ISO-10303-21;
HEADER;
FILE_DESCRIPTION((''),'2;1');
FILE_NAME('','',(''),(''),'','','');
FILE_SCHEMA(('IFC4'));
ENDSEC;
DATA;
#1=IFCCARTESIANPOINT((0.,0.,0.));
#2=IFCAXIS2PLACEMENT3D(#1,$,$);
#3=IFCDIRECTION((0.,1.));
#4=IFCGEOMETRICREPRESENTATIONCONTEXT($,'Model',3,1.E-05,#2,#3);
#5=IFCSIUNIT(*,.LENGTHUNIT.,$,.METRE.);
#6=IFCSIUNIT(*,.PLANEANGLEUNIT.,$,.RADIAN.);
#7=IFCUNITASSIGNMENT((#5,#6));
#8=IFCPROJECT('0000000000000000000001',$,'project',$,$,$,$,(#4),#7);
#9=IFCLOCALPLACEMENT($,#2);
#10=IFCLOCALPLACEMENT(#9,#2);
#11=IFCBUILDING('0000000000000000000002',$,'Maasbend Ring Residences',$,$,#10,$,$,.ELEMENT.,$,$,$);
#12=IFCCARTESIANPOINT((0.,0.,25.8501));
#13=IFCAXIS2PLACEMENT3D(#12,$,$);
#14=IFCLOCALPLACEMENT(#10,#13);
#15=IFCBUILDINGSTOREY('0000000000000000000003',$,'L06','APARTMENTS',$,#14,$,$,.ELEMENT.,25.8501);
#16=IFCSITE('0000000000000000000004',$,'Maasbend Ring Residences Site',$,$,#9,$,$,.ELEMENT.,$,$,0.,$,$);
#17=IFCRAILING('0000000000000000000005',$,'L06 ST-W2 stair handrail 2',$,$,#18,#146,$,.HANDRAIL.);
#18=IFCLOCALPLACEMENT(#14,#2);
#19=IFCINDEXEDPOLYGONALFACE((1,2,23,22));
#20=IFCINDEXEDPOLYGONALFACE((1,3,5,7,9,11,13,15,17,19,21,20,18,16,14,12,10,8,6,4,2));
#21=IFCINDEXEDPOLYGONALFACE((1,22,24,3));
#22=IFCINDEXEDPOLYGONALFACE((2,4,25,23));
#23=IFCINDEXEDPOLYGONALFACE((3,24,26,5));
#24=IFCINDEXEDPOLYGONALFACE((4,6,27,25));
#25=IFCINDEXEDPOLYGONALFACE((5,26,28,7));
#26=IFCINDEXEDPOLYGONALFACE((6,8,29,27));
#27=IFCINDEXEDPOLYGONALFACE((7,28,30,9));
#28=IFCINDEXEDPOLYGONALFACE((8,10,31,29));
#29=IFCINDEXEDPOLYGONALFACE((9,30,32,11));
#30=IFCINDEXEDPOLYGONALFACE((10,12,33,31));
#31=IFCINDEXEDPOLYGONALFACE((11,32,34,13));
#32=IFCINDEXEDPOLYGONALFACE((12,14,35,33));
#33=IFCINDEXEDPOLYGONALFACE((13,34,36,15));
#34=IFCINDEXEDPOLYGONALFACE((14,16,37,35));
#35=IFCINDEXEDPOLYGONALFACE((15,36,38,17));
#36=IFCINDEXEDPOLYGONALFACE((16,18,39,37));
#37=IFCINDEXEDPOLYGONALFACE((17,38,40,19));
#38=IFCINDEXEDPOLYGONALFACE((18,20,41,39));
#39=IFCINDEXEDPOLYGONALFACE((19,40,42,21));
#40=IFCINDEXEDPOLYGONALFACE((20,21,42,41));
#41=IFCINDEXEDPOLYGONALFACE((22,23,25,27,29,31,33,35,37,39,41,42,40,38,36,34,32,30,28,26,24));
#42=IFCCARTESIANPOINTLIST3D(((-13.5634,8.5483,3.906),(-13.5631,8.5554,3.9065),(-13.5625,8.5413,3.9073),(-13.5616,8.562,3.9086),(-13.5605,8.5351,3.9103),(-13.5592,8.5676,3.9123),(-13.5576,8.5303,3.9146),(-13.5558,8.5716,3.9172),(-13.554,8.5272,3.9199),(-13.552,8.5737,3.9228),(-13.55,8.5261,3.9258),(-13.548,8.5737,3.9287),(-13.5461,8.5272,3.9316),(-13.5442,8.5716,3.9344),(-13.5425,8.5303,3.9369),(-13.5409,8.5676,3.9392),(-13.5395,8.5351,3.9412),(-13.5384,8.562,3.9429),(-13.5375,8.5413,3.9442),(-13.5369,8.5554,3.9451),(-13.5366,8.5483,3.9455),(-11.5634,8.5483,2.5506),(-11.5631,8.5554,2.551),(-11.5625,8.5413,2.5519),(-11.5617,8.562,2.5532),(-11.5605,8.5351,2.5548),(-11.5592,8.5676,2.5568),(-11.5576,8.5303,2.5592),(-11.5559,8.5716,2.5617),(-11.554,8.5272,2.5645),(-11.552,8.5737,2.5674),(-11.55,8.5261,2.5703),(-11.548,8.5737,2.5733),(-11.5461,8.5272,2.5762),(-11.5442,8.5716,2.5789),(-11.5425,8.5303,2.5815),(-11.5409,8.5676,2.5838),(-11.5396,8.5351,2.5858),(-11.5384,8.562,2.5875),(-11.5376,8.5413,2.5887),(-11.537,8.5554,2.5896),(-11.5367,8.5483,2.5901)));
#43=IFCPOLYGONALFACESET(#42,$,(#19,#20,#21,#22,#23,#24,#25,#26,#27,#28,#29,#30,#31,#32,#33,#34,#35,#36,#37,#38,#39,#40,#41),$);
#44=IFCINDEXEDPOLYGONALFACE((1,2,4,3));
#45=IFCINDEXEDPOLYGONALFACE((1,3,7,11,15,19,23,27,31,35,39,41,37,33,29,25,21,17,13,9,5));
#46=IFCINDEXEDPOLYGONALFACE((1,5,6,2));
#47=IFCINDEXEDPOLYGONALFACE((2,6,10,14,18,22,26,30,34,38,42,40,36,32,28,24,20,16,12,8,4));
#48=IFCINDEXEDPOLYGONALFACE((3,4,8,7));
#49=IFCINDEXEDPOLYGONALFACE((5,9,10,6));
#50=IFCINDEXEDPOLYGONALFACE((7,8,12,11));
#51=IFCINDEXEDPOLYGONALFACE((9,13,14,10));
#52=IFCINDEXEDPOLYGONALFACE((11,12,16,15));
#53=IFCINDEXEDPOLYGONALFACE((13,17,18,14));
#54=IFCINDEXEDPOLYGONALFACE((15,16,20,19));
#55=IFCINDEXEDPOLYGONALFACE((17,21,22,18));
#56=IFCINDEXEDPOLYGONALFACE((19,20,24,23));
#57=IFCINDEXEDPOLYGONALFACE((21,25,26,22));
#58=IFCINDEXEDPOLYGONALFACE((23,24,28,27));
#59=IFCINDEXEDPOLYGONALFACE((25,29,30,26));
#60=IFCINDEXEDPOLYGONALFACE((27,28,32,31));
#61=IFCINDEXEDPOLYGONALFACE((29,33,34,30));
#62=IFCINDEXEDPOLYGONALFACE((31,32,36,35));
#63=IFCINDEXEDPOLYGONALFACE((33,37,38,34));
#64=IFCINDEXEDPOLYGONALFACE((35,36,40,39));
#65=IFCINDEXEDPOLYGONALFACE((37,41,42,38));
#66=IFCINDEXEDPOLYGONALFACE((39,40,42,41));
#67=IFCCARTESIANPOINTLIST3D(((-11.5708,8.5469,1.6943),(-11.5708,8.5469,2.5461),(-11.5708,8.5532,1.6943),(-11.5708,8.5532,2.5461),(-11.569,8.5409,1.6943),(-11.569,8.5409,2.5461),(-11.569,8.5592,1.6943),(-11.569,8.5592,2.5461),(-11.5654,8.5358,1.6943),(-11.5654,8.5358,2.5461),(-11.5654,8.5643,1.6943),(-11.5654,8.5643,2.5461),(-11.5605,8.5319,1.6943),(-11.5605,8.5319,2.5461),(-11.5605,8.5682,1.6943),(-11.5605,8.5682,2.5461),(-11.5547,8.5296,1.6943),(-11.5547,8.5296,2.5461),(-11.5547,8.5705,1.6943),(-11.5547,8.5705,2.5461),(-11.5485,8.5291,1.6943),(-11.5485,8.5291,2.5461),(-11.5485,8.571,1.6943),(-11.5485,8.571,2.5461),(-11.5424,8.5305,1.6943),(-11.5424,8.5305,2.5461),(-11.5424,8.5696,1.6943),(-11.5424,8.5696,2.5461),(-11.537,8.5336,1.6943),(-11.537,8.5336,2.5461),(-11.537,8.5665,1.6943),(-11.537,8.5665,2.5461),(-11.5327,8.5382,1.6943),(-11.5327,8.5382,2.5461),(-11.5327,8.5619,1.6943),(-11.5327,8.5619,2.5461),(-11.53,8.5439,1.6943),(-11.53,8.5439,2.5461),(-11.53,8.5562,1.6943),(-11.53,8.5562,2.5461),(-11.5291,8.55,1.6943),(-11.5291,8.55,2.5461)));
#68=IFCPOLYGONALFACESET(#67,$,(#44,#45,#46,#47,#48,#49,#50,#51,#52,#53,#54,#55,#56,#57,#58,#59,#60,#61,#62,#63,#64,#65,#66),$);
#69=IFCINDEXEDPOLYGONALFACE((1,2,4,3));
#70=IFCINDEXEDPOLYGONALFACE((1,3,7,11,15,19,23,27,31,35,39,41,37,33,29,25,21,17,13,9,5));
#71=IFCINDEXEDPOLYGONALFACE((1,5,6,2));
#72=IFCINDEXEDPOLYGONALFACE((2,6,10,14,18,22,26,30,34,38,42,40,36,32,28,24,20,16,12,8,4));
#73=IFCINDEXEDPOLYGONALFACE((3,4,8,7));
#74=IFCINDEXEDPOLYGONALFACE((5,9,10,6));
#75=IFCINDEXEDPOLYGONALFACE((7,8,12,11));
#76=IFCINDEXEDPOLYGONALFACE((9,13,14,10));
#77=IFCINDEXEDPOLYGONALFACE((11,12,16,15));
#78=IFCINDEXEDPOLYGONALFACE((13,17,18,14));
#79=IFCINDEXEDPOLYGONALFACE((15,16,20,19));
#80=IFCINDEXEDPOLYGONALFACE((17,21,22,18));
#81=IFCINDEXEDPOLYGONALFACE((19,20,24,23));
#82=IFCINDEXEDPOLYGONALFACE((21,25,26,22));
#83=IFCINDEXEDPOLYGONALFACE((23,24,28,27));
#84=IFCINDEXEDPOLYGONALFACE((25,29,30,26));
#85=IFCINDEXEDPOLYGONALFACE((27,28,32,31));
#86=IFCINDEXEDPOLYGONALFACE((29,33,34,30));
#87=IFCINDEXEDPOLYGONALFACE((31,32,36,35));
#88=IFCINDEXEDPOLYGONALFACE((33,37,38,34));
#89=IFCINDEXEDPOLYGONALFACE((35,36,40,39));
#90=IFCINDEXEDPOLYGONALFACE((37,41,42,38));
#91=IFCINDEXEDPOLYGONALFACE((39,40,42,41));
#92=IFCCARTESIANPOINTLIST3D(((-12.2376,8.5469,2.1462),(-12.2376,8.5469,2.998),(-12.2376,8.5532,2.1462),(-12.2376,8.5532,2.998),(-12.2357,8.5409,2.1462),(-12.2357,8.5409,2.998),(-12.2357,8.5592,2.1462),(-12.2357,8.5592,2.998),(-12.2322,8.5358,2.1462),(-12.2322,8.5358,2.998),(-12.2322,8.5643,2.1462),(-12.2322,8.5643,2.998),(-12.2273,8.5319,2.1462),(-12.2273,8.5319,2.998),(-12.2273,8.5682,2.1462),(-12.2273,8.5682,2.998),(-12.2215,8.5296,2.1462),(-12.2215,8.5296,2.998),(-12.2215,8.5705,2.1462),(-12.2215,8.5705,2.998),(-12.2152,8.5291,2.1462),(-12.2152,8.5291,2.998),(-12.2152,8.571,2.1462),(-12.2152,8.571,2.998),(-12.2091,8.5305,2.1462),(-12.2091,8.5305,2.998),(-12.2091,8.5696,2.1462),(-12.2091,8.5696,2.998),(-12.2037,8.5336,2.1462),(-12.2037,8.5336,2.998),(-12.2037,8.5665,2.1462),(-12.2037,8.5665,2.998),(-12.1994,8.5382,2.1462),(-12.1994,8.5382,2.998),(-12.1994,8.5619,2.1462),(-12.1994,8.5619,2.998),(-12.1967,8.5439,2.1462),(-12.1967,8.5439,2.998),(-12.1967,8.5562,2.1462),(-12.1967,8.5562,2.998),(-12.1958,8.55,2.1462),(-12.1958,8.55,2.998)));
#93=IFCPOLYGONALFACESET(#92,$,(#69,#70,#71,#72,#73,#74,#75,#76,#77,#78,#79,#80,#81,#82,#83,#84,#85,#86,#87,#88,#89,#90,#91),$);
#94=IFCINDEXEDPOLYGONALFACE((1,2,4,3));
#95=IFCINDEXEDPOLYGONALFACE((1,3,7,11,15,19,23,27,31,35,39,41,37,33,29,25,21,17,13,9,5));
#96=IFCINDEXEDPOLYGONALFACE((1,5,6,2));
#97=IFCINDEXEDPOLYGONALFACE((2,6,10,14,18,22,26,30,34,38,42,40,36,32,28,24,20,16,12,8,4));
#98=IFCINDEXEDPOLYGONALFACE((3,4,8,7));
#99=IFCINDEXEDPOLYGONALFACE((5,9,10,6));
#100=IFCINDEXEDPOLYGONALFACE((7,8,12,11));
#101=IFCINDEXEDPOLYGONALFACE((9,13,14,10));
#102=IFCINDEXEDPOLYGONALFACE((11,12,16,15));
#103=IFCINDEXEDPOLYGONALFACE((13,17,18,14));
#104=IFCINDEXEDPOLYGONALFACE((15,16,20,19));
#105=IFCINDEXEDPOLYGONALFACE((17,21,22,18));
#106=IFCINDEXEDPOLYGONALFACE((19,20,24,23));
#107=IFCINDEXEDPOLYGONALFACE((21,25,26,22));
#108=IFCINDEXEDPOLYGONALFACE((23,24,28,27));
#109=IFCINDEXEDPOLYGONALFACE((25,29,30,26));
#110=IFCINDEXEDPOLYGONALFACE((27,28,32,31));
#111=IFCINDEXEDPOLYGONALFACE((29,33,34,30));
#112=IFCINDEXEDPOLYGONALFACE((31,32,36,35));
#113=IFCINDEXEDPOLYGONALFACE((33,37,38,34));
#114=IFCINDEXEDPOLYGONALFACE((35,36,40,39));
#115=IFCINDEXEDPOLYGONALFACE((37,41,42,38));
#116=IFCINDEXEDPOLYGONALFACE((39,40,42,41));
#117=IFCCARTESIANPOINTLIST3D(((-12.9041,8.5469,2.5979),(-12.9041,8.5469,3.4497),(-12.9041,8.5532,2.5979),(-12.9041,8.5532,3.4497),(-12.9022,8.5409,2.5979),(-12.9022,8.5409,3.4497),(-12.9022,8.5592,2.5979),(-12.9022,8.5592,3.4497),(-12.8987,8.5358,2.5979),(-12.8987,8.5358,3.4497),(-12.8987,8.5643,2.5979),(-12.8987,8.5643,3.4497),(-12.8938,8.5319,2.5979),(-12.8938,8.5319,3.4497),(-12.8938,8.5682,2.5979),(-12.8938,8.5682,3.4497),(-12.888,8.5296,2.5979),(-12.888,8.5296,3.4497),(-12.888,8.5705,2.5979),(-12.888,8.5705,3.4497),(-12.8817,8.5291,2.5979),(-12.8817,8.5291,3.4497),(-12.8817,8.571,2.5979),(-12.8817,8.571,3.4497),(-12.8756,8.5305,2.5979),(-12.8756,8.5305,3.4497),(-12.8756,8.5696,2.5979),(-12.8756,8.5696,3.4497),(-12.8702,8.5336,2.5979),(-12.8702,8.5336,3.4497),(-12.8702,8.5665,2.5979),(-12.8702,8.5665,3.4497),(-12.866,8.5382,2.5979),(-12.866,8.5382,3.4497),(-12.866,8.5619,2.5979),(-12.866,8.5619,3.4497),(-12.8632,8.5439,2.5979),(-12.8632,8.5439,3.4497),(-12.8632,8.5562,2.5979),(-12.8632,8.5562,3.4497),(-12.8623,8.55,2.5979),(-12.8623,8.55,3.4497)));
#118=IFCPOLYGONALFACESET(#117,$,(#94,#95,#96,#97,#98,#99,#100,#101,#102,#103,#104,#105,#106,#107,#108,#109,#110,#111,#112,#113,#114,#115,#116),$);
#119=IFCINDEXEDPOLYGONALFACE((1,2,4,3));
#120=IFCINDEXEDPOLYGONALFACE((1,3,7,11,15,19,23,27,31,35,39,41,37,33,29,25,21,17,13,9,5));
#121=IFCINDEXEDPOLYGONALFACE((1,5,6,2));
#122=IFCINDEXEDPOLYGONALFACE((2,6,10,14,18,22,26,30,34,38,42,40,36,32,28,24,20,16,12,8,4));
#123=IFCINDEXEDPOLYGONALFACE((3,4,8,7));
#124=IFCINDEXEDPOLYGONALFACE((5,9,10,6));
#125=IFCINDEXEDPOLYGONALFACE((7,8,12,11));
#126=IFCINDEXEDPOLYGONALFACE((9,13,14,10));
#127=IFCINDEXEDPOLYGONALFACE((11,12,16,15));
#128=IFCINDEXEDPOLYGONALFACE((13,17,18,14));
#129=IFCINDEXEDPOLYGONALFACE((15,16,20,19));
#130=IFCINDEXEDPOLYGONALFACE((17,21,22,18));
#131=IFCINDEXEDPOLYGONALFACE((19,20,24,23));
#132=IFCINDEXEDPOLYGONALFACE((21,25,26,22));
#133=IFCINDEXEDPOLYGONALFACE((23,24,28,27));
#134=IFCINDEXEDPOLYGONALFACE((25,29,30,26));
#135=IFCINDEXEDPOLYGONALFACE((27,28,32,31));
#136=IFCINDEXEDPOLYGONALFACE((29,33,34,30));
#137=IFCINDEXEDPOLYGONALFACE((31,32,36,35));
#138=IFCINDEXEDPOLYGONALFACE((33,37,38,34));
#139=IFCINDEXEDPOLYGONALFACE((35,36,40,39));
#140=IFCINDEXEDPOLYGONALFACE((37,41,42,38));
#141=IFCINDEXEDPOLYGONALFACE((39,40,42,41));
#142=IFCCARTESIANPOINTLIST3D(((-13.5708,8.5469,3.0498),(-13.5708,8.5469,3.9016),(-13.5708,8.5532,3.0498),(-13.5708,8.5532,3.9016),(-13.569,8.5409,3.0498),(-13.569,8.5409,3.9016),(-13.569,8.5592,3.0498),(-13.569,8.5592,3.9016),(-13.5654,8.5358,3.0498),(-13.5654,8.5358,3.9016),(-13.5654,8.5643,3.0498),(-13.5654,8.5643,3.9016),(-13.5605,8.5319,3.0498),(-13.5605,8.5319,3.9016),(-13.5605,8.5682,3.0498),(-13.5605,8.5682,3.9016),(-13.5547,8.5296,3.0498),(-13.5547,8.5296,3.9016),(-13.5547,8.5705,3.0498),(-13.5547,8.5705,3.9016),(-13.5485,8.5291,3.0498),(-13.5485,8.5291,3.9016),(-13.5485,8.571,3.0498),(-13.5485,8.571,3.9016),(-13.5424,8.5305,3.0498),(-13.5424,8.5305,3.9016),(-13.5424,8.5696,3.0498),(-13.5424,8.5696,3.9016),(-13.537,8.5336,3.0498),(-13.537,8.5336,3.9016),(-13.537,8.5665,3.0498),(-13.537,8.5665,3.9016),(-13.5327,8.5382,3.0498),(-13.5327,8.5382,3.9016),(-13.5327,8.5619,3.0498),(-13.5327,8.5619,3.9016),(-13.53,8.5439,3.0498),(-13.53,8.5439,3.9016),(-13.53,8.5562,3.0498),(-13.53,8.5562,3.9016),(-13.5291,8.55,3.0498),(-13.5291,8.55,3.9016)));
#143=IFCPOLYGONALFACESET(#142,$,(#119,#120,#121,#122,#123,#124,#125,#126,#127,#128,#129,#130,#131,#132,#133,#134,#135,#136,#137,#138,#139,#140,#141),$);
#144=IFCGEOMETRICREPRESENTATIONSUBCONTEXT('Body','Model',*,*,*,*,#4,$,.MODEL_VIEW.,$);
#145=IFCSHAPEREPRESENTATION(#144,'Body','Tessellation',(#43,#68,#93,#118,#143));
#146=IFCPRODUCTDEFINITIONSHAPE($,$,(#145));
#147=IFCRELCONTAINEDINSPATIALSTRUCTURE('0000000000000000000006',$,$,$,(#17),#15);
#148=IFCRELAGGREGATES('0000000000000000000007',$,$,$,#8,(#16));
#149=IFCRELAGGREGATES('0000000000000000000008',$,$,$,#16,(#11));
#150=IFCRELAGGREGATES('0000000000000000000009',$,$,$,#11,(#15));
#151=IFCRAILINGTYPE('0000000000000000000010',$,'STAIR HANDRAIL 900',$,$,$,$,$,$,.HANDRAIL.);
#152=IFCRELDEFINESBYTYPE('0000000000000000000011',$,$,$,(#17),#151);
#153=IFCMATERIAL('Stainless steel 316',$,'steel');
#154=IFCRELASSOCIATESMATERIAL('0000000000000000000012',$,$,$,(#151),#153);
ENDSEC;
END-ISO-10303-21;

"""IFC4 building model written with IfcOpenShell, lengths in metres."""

from ifc_helpers import new_model, si_unit, direction, frame, origin, origin_2d, place, context, subcontext, project, spatial, circle, extrude, material, type_object, element, save


model = new_model("IFC4")

# Units and contexts
model_context = context("Model", 3, precision=1e-05, world=origin(), true_north=direction((0.0, 1.0)))
body_context = subcontext(model_context, "Body", "Model", "MODEL_VIEW")
ifc_project = project(units=[si_unit("LENGTHUNIT", "METRE"), si_unit("PLANEANGLEUNIT", "RADIAN")], contexts=[model_context])

# Site, building, storey
site_placement = place(None, origin())
site = spatial("IfcSite", under=ifc_project, at=site_placement, Name="Maasbend Ring Residences Site", CompositionType="ELEMENT", RefElevation=0.0)
building_placement = place(site_placement, origin())
building = spatial("IfcBuilding", under=site, at=building_placement, Name="Maasbend Ring Residences", CompositionType="ELEMENT")
storey_placement = place(building_placement, frame((0.0, 0.0, 25.8501)))
storey = spatial("IfcBuildingStorey", under=building, at=storey_placement, Name="L06", Description="APARTMENTS", CompositionType="ELEMENT", Elevation=25.8501)

# Railing
ifc_material_1 = material(Name="Stainless steel 316", Category="steel")
railing_type_1 = type_object("IfcRailingType", Name="STAIR HANDRAIL 900", PredefinedType="HANDRAIL", material=ifc_material_1)
railing_1_placement = place(storey_placement, frame((-11.55, 8.55, 1.6943)))
element("IfcRailing", 1, at=railing_1_placement, inside=storey, type_object=railing_type_1, Name="L06 ST-W2 stair handrail 2", PredefinedType="HANDRAIL", context=body_context, shape_type="SweptSolid", body=[
    extrude(circle(Radius=0.0239, at=origin_2d()), frame((0.0, 0.0, 0.876), z_axis=(-0.827798, 0.0, 0.561027), x_axis=(0.0, -1.0, 0.0)), (0.0, 0.0, 1.0), 2.416),
    extrude(circle(Radius=0.021, at=origin_2d()), origin(), (0.0, 0.0, 1.0), 0.8518),
    extrude(circle(Radius=0.021, at=origin_2d()), frame((-0.6667, 0.0, 0.4519)), (0.0, 0.0, 1.0), 0.8518),
    extrude(circle(Radius=0.021, at=origin_2d()), frame((-1.3333, 0.0, 0.9036)), (0.0, 0.0, 1.0), 0.8518),
    extrude(circle(Radius=0.021, at=origin_2d()), frame((-2.0, 0.0, 1.3555)), (0.0, 0.0, 1.0), 0.8518),
])

save(model, "model.ifc")
